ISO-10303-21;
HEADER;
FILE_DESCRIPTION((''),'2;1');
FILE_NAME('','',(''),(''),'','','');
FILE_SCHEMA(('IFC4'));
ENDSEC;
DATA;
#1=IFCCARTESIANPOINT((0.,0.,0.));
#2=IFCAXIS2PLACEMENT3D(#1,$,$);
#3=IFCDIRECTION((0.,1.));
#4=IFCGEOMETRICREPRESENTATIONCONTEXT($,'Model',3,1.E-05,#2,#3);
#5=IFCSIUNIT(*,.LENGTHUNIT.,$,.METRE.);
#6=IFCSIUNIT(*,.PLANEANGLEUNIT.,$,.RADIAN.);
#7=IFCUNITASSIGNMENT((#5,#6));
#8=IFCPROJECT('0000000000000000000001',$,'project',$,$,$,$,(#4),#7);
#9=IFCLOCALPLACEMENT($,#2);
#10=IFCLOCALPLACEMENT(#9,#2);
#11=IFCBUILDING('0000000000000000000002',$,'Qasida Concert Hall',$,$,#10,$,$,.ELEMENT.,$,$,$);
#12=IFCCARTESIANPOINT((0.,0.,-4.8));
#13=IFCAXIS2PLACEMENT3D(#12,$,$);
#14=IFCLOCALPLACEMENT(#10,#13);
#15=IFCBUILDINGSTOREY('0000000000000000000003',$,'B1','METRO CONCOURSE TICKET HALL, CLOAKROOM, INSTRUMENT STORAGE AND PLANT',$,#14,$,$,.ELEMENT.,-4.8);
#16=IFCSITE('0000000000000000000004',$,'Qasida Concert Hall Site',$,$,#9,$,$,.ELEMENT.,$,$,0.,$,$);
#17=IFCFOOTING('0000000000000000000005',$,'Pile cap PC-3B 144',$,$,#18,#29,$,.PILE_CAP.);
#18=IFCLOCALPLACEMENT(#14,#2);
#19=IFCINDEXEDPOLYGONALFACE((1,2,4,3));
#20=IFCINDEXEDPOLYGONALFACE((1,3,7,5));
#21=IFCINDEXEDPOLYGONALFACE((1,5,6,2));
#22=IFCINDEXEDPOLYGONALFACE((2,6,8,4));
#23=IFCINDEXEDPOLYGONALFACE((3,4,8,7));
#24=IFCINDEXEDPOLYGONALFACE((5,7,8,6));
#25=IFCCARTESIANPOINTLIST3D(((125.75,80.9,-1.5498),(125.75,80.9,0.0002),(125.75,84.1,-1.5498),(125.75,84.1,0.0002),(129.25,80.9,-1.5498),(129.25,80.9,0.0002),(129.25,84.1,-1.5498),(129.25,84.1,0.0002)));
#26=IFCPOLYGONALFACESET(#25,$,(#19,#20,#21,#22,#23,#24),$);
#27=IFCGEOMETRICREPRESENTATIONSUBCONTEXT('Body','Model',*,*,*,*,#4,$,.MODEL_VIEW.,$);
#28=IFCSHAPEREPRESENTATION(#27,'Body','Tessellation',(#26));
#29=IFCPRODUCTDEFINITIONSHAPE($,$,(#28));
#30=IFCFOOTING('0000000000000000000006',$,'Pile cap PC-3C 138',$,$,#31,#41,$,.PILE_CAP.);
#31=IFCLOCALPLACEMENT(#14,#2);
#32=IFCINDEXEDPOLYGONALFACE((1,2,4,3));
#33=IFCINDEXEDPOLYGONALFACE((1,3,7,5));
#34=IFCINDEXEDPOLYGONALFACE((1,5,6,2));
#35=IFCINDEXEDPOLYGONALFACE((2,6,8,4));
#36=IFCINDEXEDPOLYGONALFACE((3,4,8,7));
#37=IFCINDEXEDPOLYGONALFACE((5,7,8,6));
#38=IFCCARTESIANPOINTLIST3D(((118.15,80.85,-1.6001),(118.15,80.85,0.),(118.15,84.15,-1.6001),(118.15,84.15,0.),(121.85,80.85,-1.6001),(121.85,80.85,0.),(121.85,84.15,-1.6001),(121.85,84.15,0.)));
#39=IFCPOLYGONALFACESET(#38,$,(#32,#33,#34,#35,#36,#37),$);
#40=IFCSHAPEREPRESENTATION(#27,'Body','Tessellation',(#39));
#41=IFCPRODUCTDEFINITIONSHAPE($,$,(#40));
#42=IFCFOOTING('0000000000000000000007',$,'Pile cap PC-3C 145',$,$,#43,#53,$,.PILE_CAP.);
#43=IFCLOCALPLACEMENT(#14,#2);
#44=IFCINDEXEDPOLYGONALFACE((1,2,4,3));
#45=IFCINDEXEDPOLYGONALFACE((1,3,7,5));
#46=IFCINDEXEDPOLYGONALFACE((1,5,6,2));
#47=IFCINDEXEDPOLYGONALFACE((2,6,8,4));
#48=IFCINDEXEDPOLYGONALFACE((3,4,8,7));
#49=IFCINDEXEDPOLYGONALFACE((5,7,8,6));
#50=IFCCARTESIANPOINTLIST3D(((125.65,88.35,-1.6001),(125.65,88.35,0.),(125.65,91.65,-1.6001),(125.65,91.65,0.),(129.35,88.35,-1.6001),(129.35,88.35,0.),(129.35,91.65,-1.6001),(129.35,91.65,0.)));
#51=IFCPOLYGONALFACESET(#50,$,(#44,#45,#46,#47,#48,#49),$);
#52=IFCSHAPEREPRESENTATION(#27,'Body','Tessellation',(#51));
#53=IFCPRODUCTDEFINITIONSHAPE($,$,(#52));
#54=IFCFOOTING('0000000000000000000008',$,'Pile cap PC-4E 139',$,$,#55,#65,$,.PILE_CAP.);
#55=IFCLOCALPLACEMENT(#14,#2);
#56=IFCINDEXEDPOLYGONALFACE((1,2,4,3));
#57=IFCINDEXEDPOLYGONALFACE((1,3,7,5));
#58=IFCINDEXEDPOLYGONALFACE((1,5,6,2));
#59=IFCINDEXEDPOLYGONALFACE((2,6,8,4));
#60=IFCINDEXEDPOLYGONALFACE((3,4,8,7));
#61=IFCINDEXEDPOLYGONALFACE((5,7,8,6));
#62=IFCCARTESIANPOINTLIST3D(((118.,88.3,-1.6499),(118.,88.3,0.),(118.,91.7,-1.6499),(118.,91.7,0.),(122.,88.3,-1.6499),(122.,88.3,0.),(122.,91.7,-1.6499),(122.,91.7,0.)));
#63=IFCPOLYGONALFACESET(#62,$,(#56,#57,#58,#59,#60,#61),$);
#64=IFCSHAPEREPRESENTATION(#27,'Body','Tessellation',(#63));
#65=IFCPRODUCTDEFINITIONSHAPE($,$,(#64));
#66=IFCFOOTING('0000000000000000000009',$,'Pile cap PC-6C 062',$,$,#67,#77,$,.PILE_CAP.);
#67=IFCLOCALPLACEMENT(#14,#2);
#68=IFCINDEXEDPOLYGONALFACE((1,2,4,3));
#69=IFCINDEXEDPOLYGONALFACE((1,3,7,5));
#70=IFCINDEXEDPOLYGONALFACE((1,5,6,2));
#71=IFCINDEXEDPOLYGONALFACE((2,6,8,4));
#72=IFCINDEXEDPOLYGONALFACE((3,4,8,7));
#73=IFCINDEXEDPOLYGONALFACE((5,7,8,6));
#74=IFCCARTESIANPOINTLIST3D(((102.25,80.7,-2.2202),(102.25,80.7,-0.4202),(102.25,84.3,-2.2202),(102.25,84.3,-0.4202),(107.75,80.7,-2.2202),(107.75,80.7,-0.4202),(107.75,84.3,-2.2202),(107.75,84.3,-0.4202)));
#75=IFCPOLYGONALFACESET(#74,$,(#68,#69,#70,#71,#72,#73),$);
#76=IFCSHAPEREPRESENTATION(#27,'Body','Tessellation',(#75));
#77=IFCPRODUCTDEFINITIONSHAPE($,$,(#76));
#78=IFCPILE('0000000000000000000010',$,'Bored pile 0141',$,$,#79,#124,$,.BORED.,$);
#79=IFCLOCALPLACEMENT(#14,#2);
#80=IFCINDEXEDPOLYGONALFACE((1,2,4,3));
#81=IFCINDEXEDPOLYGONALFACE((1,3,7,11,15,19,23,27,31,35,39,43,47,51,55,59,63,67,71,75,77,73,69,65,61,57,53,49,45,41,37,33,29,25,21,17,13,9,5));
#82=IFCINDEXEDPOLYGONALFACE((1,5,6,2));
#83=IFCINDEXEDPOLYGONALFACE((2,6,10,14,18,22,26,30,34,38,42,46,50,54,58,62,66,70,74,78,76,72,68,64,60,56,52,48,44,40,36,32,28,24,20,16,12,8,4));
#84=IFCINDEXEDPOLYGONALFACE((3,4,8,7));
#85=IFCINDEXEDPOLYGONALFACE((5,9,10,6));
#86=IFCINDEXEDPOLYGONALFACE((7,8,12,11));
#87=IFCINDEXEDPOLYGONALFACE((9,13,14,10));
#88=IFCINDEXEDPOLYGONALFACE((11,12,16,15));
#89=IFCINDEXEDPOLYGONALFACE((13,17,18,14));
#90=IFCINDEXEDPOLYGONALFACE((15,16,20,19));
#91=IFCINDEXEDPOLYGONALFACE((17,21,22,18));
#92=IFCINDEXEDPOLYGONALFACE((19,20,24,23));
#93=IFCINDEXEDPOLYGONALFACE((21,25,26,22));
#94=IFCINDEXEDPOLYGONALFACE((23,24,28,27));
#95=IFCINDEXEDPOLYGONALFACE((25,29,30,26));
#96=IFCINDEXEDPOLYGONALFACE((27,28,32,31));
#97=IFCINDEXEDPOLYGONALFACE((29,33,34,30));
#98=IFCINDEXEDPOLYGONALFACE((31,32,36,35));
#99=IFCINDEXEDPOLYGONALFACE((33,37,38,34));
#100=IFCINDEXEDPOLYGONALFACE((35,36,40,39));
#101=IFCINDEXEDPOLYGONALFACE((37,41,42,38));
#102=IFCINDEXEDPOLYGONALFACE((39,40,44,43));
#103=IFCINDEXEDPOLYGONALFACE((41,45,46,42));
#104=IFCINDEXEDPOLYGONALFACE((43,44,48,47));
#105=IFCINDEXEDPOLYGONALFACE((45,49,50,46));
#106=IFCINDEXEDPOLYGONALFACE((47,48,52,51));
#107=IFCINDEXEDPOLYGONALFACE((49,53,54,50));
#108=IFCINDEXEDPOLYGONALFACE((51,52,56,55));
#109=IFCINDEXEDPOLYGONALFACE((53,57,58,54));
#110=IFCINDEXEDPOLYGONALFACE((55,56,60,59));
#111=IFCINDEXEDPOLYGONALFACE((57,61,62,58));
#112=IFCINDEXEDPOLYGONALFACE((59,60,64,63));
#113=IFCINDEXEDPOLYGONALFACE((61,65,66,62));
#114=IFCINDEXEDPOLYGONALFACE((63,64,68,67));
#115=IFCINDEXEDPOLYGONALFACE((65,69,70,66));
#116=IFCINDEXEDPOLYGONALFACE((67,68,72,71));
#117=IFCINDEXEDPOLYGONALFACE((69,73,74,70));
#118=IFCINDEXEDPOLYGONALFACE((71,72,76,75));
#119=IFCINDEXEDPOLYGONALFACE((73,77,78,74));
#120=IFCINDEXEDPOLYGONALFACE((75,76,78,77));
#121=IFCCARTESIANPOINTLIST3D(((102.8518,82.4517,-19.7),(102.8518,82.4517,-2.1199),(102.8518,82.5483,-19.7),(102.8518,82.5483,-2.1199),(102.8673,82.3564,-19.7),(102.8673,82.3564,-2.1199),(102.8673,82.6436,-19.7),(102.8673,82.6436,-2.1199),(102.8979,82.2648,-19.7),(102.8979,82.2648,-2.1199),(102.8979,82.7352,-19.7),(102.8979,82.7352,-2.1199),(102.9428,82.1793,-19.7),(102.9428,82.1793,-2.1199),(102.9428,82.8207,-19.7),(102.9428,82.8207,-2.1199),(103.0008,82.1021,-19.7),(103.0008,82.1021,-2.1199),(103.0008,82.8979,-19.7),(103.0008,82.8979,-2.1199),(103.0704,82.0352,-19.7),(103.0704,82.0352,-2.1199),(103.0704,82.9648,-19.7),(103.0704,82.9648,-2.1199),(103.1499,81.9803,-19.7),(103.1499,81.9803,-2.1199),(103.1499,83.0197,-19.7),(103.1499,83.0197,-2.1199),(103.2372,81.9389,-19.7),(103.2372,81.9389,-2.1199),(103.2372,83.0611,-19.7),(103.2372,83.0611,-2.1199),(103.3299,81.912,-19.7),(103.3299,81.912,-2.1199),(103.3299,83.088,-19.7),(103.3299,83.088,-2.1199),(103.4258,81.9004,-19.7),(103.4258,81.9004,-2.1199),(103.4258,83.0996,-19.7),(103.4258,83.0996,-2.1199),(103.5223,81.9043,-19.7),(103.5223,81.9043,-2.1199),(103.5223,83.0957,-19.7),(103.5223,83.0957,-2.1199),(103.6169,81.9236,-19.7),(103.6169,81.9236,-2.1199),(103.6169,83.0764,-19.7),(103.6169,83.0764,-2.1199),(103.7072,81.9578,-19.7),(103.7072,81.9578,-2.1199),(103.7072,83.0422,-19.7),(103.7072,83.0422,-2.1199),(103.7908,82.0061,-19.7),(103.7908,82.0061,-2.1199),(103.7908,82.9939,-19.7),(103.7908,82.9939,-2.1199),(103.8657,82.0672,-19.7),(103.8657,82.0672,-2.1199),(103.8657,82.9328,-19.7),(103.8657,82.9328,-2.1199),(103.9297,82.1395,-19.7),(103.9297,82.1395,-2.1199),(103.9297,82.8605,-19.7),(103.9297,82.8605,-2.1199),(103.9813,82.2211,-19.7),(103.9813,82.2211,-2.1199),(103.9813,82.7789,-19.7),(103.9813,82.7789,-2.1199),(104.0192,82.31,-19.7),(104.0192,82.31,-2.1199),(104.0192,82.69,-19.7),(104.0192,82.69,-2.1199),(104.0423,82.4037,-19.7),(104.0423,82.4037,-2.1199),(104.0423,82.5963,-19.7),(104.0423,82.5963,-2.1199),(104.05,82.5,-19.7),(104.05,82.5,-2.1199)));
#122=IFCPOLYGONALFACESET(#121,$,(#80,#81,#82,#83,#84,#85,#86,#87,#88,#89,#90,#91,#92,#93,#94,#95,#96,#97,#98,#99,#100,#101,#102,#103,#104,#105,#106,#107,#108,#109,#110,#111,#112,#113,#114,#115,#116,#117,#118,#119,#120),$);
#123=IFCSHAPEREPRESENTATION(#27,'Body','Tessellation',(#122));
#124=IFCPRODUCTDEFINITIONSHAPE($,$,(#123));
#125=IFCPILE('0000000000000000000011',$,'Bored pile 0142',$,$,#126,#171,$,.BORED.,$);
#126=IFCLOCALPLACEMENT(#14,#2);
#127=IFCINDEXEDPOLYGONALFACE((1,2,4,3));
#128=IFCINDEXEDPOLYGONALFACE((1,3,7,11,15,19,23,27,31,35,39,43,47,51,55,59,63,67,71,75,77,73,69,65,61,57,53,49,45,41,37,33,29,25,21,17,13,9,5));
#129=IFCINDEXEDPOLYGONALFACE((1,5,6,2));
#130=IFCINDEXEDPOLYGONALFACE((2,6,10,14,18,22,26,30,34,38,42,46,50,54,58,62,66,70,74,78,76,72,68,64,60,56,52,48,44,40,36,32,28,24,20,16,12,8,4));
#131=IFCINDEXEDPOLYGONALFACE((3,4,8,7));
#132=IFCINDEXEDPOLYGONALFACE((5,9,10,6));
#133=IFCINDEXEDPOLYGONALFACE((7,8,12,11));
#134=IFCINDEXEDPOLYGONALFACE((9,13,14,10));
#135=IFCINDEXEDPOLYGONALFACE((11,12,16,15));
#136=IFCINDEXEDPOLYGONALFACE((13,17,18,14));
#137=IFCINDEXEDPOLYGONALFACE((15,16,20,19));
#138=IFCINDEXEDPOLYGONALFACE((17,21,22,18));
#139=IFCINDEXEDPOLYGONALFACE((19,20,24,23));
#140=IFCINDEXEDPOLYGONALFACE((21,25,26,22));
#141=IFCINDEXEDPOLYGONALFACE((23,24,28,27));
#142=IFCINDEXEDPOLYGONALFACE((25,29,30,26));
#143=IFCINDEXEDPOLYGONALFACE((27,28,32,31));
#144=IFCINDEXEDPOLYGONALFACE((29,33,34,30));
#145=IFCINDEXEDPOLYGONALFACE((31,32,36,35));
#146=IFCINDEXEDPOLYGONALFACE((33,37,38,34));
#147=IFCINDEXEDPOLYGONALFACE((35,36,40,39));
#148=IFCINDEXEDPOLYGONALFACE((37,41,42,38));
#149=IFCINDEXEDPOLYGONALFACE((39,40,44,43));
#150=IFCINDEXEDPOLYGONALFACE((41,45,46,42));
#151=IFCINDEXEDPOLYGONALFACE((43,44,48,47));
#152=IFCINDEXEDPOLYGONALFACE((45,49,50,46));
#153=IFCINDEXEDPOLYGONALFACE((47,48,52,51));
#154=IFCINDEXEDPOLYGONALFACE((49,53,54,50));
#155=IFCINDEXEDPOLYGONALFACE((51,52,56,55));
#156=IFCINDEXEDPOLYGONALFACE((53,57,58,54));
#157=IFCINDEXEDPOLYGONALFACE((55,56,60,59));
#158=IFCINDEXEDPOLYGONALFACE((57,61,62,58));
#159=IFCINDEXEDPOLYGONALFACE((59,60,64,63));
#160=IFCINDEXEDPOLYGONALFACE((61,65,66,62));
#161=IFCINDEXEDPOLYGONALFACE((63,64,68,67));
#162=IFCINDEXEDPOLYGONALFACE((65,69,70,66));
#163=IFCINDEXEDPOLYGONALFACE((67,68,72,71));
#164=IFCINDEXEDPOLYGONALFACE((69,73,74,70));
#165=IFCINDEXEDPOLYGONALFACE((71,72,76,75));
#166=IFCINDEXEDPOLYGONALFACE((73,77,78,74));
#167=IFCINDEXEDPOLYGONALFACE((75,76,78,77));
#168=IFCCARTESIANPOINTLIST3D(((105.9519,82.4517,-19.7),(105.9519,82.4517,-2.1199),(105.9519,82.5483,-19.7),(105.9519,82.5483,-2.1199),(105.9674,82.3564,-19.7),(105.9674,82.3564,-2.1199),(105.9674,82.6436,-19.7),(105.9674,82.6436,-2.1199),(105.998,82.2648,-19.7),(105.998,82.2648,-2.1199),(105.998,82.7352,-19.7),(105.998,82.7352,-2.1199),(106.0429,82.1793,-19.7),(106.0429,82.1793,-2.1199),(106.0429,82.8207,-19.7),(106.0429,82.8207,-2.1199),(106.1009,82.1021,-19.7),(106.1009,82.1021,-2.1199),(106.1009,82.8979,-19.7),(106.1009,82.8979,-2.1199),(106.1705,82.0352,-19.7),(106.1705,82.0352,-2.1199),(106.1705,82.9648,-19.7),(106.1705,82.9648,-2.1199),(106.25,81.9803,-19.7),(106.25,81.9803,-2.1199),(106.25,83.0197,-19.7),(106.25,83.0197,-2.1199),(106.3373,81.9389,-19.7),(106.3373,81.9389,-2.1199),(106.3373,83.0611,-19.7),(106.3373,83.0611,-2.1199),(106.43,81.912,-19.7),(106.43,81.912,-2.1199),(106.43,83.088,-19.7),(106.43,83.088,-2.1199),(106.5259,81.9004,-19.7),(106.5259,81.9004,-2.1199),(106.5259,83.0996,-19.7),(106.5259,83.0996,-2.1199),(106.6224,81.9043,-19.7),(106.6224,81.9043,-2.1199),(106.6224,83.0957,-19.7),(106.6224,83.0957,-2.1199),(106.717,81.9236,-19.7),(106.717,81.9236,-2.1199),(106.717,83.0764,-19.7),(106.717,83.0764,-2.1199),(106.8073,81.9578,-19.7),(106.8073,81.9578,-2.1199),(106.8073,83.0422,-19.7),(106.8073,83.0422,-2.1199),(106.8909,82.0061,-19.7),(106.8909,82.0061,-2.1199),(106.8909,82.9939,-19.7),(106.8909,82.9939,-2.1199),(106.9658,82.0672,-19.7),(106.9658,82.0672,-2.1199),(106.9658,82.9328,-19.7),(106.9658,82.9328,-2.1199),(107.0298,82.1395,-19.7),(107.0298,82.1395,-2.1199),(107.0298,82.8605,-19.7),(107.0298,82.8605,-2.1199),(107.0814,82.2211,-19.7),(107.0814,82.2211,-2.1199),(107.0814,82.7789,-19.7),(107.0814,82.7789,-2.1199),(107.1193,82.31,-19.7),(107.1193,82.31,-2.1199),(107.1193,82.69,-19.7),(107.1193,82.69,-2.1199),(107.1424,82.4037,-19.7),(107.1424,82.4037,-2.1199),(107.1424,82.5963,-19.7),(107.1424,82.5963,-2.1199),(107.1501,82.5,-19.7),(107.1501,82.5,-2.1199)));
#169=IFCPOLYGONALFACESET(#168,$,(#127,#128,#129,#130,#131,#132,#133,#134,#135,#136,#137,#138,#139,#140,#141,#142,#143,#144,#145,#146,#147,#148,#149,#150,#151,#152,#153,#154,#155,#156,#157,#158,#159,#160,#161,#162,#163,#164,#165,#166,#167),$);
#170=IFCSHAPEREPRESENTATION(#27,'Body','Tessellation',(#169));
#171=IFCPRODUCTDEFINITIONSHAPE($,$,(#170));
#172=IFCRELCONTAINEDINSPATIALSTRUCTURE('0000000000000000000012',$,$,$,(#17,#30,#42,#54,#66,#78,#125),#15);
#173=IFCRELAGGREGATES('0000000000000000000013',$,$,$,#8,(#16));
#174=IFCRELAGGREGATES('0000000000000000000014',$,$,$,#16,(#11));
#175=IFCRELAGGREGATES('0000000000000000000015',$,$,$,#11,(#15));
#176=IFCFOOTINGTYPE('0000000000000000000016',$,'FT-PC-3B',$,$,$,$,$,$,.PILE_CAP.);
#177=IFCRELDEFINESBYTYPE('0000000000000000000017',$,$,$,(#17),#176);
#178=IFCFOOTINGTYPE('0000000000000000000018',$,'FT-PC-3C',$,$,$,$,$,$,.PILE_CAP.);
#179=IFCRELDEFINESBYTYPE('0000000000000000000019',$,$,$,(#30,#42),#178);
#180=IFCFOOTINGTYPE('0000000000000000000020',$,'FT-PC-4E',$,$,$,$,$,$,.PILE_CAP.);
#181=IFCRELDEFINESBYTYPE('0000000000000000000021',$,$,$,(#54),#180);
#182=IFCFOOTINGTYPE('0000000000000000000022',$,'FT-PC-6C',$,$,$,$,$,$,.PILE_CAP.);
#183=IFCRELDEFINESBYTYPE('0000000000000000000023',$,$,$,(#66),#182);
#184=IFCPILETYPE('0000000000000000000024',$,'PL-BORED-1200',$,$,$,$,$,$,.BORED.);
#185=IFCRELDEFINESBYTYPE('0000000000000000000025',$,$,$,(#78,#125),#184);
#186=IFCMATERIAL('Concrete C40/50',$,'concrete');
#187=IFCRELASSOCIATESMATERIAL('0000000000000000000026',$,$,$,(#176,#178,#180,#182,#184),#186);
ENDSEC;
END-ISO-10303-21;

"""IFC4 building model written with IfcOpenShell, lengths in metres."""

from ifc_helpers import new_model, si_unit, direction, frame, origin, origin_2d, place, context, subcontext, project, spatial, rectangle, circle, extrude, material, material_profile, profile_set, type_object, element, save


model = new_model("IFC4")

# Units and contexts
model_context = context("Model", 3, precision=1e-05, world=origin(), true_north=direction((0.0, 1.0)))
body_context = subcontext(model_context, "Body", "Model", "MODEL_VIEW")
ifc_project = project(units=[si_unit("LENGTHUNIT", "METRE"), si_unit("PLANEANGLEUNIT", "RADIAN")], contexts=[model_context])

# Site, building, storey
site_placement = place(None, origin())
site = spatial("IfcSite", under=ifc_project, at=site_placement, Name="Qasida Concert Hall Site", CompositionType="ELEMENT", RefElevation=0.0)
building_placement = place(site_placement, origin())
building = spatial("IfcBuilding", under=site, at=building_placement, Name="Qasida Concert Hall", CompositionType="ELEMENT")
storey_placement = place(building_placement, frame((0.0, 0.0, -4.8)))
storey = spatial("IfcBuildingStorey", under=building, at=storey_placement, Name="B1", Description="METRO CONCOURSE TICKET HALL, CLOAKROOM, INSTRUMENT STORAGE AND PLANT", CompositionType="ELEMENT", Elevation=-4.8)

# Footings
ifc_material_1 = material(Name="Concrete C40/50", Category="concrete")
footing_type_1 = type_object("IfcFootingType", Name="FT-PC-3B", PredefinedType="PILE_CAP", material=ifc_material_1)
footing_1_placement = place(storey_placement, frame((127.5, 82.5, -1.5498), z_axis=(0.0, 0.0, 1.0), x_axis=(1.0, 0.0, 0.0)))
element("IfcFooting", 1, at=footing_1_placement, inside=storey, type_object=footing_type_1, Name="Pile cap PC-3B 144", PredefinedType="PILE_CAP", context=body_context, shape_type="SweptSolid", body=[
    extrude(rectangle(XDim=3.5, YDim=3.2, at=origin_2d()), origin(), (0.0, 0.0, 1.0), 1.55),
])
footing_type_2 = type_object("IfcFootingType", Name="FT-PC-3C", PredefinedType="PILE_CAP", material=ifc_material_1)
for number, where, z_axis, x_axis, name in (
    (2, (120.0, 82.5, -1.6001), (0.0, 0.0, 1.0), (1.0, 0.0, 0.0), "Pile cap PC-3C 138"),
    (3, (127.5, 90.0, -1.6001), (0.0, 0.0, 1.0), (1.0, 0.0, 0.0), "Pile cap PC-3C 145"),
):
    element("IfcFooting", number, at=place(storey_placement, frame(where, z_axis=z_axis, x_axis=x_axis)), inside=storey, type_object=footing_type_2, Name=name, PredefinedType="PILE_CAP", context=body_context, shape_type="SweptSolid", body=[
        extrude(rectangle(XDim=3.7, YDim=3.3, at=origin_2d()), origin(), (0.0, 0.0, 1.0), 1.6001),
    ])
footing_type_3 = type_object("IfcFootingType", Name="FT-PC-4E", PredefinedType="PILE_CAP", material=ifc_material_1)
footing_2_placement = place(storey_placement, frame((120.0, 90.0, -1.6499), z_axis=(0.0, 0.0, 1.0), x_axis=(1.0, 0.0, 0.0)))
element("IfcFooting", 4, at=footing_2_placement, inside=storey, type_object=footing_type_3, Name="Pile cap PC-4E 139", PredefinedType="PILE_CAP", context=body_context, shape_type="SweptSolid", body=[
    extrude(rectangle(XDim=4.0, YDim=3.3999, at=origin_2d()), origin(), (0.0, 0.0, 1.0), 1.6499),
])
footing_type_4 = type_object("IfcFootingType", Name="FT-PC-6C", PredefinedType="PILE_CAP", material=ifc_material_1)
footing_3_placement = place(storey_placement, frame((105.0, 82.5, -2.2202), z_axis=(0.0, 0.0, 1.0), x_axis=(1.0, 0.0, 0.0)))
element("IfcFooting", 5, at=footing_3_placement, inside=storey, type_object=footing_type_4, Name="Pile cap PC-6C 062", PredefinedType="PILE_CAP", context=body_context, shape_type="SweptSolid", body=[
    extrude(rectangle(XDim=5.5, YDim=3.6001, at=origin_2d()), origin(), (0.0, 0.0, 1.0), 1.8),
])

# Piles
ifc_material_profile_1 = material_profile(ifc_material_1, circle(Radius=0.6001, at=origin_2d()), Name="BORED PILE D1200")
ifc_profile_set_1 = profile_set([ifc_material_profile_1], Name="Concrete C40/50")
pile_type_1 = type_object("IfcPileType", Name="PL-BORED-1200", PredefinedType="BORED", material=ifc_profile_set_1)
for number, where, z_axis, x_axis, name in (
    (6, (103.45, 82.5, -2.1199), (0.0, 0.0, -1.0), (1.0, 0.0, 0.0), "Bored pile 0141"),
    (7, (106.55, 82.5, -2.1199), (0.0, 0.0, -1.0), (1.0, 0.0, 0.0), "Bored pile 0142"),
):
    element("IfcPile", number, at=place(storey_placement, frame(where, z_axis=z_axis, x_axis=x_axis)), inside=storey, type_object=pile_type_1, Name=name, PredefinedType="BORED", context=body_context, shape_type="SweptSolid", body=[
        extrude(circle(Radius=0.6001, at=origin_2d()), origin(), (0.0, 0.0, 1.0), 17.5801),
    ])

save(model, "model.ifc")
